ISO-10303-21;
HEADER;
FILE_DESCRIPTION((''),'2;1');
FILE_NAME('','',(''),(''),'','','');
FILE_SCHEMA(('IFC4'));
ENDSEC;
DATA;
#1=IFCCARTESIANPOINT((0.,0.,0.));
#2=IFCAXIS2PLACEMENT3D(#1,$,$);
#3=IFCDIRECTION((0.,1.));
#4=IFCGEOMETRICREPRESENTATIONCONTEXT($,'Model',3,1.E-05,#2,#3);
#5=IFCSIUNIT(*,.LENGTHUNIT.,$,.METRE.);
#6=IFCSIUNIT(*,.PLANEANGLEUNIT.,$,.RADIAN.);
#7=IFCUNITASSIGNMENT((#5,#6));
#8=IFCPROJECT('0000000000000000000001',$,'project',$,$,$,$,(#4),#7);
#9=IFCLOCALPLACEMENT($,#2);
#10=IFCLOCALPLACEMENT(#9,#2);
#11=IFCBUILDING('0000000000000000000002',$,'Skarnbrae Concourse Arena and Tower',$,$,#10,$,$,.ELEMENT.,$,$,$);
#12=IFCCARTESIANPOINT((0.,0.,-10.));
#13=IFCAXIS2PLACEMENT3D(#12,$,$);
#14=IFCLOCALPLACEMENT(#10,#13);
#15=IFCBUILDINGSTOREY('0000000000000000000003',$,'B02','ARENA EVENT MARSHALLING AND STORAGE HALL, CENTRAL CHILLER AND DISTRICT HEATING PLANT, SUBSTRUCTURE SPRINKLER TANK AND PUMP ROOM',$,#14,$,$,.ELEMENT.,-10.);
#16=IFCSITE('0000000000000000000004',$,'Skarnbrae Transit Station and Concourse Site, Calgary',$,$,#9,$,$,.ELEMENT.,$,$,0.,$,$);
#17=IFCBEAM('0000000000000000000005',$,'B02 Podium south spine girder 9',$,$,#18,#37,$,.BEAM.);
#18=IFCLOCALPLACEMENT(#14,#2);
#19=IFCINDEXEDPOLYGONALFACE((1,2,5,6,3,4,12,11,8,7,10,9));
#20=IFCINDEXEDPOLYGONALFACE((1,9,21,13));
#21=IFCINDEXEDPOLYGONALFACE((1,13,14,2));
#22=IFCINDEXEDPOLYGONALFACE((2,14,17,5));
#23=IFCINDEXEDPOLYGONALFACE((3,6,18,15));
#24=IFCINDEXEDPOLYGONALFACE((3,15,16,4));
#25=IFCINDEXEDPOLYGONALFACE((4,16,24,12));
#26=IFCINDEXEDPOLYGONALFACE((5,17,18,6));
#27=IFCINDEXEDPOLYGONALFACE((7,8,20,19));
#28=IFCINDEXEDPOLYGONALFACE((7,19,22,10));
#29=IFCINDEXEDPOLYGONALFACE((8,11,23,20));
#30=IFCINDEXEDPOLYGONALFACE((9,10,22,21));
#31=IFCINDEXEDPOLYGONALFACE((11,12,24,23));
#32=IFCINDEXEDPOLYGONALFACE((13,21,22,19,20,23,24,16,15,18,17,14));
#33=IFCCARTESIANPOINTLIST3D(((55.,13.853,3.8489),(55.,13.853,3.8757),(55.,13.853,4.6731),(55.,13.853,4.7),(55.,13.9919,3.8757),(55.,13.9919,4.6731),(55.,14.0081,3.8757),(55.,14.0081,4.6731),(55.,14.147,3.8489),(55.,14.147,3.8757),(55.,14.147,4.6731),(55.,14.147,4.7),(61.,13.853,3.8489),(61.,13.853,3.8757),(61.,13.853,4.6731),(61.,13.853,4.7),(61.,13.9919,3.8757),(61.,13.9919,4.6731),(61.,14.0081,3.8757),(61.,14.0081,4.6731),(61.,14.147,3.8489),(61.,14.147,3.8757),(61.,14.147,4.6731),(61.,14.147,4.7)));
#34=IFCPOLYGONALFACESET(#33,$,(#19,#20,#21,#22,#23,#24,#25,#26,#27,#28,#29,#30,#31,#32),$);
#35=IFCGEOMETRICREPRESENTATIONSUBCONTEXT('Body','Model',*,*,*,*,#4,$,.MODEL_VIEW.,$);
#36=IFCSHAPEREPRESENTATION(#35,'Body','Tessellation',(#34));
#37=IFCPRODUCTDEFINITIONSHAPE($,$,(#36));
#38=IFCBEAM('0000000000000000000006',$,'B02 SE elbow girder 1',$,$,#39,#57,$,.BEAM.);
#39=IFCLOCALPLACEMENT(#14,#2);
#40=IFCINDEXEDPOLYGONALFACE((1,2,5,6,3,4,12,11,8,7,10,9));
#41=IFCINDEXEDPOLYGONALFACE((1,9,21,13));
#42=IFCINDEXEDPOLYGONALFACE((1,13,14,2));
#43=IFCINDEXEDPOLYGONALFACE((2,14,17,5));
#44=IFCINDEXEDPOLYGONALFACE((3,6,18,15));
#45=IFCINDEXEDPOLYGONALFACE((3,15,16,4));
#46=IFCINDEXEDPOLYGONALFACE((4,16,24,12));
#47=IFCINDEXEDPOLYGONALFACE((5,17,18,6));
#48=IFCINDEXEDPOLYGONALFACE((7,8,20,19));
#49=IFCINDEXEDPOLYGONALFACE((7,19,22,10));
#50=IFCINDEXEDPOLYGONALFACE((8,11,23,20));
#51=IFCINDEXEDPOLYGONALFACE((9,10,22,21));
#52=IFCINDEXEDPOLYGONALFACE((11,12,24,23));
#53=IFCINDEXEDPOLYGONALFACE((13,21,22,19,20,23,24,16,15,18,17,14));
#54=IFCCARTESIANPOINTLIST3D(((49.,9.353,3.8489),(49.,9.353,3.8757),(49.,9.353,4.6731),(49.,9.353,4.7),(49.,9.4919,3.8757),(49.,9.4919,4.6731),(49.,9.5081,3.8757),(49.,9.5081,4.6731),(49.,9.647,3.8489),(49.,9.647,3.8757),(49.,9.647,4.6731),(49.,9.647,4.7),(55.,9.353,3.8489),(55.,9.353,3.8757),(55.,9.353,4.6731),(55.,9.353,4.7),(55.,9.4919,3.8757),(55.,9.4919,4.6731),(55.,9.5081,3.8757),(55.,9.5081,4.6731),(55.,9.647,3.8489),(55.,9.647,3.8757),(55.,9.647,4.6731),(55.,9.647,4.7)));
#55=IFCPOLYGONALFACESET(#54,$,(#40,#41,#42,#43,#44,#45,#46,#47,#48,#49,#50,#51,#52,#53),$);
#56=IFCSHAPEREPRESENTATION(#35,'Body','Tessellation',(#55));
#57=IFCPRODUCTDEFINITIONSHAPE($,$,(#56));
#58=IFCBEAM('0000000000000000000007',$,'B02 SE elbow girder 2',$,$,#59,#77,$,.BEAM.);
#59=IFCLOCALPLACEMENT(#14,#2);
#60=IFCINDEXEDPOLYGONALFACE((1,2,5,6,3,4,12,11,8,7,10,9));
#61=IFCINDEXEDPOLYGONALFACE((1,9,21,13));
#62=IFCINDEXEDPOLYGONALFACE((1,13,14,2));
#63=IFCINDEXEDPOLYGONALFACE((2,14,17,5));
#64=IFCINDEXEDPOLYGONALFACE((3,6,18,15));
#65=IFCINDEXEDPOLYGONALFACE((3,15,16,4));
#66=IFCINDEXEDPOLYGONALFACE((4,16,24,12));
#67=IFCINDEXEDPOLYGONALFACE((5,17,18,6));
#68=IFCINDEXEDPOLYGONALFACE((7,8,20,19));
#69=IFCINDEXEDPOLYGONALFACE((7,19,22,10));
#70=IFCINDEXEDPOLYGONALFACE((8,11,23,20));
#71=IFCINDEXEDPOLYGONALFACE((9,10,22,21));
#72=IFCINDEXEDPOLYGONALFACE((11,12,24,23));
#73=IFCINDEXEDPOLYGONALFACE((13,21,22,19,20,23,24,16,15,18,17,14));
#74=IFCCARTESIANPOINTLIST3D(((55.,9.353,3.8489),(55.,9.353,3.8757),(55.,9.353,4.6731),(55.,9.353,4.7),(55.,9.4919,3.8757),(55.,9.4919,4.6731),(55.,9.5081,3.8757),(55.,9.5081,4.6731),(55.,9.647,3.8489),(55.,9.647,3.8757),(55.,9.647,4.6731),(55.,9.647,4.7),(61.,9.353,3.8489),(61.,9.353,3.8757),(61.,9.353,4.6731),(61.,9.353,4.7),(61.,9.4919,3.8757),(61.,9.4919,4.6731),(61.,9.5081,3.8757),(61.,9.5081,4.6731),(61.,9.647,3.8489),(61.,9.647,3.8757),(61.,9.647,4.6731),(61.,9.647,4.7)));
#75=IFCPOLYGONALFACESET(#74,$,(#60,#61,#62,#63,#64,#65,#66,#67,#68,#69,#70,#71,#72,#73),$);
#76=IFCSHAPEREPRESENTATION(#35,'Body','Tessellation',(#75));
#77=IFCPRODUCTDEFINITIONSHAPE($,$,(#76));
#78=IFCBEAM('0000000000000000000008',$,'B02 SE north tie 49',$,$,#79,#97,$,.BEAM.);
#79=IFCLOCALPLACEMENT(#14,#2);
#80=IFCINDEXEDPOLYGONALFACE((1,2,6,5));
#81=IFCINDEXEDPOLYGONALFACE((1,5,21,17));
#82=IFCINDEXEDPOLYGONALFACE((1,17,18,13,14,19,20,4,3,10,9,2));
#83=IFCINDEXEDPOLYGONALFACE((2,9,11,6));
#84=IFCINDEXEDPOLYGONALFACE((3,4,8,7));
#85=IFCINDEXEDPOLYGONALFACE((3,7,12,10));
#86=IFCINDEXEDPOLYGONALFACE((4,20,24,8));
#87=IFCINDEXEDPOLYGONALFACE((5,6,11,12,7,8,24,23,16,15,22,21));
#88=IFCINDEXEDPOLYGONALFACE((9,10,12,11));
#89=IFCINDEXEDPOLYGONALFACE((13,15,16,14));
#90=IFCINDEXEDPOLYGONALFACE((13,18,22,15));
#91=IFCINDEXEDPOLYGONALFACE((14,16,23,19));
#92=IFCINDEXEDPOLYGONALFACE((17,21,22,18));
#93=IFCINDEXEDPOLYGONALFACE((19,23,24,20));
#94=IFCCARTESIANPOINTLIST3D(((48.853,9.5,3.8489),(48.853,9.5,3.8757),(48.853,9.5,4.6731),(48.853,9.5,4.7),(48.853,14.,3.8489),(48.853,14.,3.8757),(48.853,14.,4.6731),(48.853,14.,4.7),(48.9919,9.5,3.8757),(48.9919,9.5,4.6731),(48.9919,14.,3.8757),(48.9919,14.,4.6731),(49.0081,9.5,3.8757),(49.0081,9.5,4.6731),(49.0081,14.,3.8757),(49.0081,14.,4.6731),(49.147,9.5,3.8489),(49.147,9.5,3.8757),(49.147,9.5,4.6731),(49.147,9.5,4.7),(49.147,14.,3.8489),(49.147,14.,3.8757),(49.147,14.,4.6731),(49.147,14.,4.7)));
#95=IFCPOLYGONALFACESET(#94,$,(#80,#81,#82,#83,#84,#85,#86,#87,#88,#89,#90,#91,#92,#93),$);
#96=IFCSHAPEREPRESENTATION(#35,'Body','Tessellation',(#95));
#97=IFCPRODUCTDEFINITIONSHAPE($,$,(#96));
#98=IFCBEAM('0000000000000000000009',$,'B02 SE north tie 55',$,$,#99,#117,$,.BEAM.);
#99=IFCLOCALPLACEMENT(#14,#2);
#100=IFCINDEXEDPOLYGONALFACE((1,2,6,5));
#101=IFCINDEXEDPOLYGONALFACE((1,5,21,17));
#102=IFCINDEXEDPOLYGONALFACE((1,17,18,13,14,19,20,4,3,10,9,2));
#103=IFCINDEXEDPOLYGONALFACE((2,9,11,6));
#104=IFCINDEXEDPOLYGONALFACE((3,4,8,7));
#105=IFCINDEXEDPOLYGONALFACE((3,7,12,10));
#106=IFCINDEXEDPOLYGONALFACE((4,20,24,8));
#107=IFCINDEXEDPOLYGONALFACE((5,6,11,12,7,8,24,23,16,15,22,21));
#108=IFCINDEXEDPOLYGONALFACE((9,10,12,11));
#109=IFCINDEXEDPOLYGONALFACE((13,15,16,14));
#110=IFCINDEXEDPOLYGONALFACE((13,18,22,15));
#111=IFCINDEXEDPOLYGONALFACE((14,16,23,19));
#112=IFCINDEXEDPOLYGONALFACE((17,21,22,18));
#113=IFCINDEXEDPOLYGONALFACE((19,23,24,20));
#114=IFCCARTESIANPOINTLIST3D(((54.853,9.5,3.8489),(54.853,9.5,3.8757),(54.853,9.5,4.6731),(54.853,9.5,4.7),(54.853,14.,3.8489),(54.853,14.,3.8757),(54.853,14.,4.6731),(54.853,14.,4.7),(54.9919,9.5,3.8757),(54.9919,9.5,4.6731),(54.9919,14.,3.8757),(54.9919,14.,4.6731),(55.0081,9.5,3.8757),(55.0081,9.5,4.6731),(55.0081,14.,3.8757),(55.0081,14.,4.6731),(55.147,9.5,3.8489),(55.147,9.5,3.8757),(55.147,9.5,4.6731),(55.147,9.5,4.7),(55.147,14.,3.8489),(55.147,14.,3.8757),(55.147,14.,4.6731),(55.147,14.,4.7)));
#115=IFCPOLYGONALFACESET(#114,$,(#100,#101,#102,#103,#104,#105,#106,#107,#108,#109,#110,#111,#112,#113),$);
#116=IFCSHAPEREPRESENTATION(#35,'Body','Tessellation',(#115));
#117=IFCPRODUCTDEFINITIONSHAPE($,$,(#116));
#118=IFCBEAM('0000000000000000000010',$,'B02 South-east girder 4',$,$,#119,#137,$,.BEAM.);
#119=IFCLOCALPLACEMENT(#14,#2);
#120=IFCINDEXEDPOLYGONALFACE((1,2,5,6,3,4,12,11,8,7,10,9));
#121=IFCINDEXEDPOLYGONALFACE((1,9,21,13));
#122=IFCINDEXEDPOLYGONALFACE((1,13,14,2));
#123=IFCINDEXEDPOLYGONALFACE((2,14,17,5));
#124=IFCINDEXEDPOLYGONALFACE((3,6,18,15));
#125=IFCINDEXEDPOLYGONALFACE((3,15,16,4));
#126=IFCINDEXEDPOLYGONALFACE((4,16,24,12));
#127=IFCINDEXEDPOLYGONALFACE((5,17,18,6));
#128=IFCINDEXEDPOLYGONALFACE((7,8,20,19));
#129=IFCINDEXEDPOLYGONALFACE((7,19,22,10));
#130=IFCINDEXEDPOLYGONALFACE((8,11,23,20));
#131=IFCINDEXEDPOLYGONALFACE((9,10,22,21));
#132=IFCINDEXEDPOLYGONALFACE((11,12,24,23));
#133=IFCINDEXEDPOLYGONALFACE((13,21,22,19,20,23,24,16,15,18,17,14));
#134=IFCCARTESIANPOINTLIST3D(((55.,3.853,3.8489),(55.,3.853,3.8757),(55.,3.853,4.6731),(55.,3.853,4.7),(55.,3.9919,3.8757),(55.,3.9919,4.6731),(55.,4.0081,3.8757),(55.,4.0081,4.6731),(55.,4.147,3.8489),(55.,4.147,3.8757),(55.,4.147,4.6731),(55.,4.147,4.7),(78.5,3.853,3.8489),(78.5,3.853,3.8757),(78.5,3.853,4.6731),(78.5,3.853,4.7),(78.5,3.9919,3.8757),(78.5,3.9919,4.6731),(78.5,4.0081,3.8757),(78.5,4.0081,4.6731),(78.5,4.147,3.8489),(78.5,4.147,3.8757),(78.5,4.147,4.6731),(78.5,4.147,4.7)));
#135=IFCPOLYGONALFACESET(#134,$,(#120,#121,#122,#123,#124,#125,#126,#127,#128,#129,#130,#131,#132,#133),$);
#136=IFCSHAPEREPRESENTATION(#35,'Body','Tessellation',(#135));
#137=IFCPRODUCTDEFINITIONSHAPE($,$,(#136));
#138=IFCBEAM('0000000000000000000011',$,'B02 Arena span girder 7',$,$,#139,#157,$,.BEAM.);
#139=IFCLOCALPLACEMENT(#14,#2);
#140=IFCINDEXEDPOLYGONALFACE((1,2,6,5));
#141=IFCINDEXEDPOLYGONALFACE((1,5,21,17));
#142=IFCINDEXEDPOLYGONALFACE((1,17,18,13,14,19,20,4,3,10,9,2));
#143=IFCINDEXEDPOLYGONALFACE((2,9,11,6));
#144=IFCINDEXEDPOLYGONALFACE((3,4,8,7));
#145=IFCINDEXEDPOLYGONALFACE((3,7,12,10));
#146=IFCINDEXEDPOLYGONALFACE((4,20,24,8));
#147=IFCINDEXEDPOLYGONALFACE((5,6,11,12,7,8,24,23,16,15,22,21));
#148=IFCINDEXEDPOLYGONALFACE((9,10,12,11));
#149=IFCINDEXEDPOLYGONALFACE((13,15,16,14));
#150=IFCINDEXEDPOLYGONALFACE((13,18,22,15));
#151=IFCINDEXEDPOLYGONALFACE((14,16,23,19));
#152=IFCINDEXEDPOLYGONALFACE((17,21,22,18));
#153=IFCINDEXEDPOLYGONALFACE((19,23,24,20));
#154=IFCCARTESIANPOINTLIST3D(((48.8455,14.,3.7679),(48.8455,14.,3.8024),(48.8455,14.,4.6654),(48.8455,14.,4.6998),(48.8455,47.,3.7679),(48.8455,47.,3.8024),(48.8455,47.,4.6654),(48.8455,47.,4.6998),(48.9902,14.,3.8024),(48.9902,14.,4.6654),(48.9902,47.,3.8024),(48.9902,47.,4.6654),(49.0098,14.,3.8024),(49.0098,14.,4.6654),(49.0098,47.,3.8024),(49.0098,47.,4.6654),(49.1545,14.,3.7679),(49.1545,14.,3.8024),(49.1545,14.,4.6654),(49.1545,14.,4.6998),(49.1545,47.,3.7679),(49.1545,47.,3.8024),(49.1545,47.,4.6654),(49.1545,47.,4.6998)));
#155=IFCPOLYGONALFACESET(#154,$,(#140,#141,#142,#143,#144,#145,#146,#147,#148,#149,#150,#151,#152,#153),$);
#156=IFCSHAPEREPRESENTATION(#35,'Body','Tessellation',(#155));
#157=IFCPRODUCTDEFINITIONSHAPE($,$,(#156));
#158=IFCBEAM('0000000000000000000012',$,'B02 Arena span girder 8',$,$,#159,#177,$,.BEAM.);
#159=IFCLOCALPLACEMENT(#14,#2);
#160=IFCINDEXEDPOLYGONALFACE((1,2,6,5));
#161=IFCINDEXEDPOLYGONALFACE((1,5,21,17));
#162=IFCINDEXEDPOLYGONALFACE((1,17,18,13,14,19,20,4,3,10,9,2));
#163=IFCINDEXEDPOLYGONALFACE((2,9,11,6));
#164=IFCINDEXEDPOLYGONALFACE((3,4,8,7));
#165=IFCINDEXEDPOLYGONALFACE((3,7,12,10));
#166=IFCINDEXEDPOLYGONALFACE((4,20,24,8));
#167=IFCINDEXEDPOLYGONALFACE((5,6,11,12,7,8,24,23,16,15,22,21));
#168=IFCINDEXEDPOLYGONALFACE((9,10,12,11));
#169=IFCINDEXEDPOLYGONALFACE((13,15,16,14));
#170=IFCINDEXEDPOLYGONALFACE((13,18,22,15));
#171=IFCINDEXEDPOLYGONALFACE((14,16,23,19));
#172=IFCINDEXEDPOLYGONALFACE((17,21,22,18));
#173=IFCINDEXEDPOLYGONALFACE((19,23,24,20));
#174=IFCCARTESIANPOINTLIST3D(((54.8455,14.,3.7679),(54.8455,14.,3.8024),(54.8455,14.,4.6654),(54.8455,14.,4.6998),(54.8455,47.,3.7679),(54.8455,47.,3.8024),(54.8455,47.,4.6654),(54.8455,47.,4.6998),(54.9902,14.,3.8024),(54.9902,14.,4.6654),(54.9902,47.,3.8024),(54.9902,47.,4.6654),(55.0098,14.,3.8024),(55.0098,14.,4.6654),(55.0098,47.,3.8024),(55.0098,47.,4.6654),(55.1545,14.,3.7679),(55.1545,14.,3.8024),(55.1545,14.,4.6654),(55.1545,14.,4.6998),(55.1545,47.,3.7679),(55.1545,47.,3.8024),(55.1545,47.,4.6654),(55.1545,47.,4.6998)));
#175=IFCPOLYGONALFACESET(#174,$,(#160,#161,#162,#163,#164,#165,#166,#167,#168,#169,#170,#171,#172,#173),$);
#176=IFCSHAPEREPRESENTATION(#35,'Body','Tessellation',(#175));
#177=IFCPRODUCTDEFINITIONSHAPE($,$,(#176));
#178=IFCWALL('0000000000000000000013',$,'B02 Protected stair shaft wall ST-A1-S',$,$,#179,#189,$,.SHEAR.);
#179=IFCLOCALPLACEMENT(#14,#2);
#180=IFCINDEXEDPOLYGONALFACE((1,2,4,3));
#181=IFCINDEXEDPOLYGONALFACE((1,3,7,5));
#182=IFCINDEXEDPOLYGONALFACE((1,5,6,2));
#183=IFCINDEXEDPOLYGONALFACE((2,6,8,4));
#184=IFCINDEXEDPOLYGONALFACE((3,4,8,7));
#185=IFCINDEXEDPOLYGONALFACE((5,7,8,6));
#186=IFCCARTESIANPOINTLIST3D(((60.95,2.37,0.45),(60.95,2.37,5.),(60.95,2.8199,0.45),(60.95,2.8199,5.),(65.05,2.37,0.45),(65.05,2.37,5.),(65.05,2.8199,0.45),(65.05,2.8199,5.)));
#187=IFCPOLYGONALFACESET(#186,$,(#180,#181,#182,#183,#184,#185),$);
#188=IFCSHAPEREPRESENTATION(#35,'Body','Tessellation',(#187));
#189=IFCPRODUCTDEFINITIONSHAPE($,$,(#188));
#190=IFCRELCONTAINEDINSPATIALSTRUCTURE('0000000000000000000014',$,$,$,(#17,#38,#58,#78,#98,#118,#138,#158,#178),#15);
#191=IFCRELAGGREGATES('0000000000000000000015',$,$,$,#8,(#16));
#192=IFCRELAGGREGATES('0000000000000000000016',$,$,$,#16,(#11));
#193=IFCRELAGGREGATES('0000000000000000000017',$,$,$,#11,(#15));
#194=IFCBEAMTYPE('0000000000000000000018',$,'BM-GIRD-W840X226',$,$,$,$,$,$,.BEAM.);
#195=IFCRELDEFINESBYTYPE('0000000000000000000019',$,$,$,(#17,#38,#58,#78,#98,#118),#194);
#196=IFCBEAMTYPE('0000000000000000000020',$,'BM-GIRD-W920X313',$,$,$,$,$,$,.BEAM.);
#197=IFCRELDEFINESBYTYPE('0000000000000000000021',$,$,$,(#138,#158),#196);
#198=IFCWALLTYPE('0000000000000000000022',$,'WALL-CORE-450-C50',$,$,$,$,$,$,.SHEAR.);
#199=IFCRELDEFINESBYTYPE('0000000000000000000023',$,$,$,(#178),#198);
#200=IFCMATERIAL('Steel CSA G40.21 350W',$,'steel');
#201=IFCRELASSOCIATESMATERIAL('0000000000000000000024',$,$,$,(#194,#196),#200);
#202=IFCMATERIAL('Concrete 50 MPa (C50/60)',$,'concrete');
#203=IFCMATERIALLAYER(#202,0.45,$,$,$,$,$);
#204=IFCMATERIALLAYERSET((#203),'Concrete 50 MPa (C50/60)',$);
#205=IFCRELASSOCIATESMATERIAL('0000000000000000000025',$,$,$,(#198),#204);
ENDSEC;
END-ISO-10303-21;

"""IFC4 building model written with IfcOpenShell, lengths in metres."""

from ifc_helpers import new_model, si_unit, direction, frame, frame_2d, origin, origin_2d, place, context, subcontext, project, spatial, rectangle, i_section, extrude, source, transform, mapped, material, layer, layer_set, material_profile, profile_set, type_object, element, save


model = new_model("IFC4")

# Units and contexts
model_context = context("Model", 3, precision=1e-05, world=origin(), true_north=direction((0.0, 1.0)))
body_context = subcontext(model_context, "Body", "Model", "MODEL_VIEW")
ifc_project = project(units=[si_unit("LENGTHUNIT", "METRE"), si_unit("PLANEANGLEUNIT", "RADIAN")], contexts=[model_context])

# Site, building, storey
site_placement = place(None, origin())
site = spatial("IfcSite", under=ifc_project, at=site_placement, Name="Skarnbrae Transit Station and Concourse Site, Calgary", CompositionType="ELEMENT", RefElevation=0.0)
building_placement = place(site_placement, origin())
building = spatial("IfcBuilding", under=site, at=building_placement, Name="Skarnbrae Concourse Arena and Tower", CompositionType="ELEMENT")
storey_placement = place(building_placement, frame((0.0, 0.0, -10.0)))
storey = spatial("IfcBuildingStorey", under=building, at=storey_placement, Name="B02", Description="ARENA EVENT MARSHALLING AND STORAGE HALL, CENTRAL CHILLER AND DISTRICT HEATING PLANT, SUBSTRUCTURE SPRINKLER TANK AND PUMP ROOM", CompositionType="ELEMENT", Elevation=-10.0)

# Shared definitions
ifc_material_1 = material(Name="Concrete 50 MPa (C50/60)", Category="concrete")

# Shared definitions
ifc_material_2 = material(Name="Steel CSA G40.21 350W", Category="steel")

# Beams
ifc_material_profile_1 = material_profile(ifc_material_2, i_section(OverallWidth=0.2939, OverallDepth=0.8511, WebThickness=0.0161, FlangeThickness=0.0269, at=origin_2d()), Name="W840X226")
ifc_profile_set_1 = profile_set([ifc_material_profile_1], Name="Steel CSA G40.21 350W")
beam_type_1 = type_object("IfcBeamType", Name="BM-GIRD-W840X226", PredefinedType="BEAM", material=ifc_profile_set_1)
shared_shape_1 = source(origin(), body_context, "Body", "SweptSolid", [
    extrude(i_section(OverallWidth=0.2939, OverallDepth=0.8511, WebThickness=0.0161, FlangeThickness=0.0269, at=origin_2d()), origin(), (0.0, 0.0, 1.0), 6.0),
])
for number, where, z_axis, x_axis, name in (
    (1, (55.0, 14.0, 4.2744), (1.0, 0.0, 0.0), (0.0, 1.0, 0.0), "B02 Podium south spine girder 9"),
    (2, (49.0, 9.5, 4.2744), (1.0, 0.0, 0.0), (0.0, 1.0, 0.0), "B02 SE elbow girder 1"),
    (3, (55.0, 9.5, 4.2744), (1.0, 0.0, 0.0), (0.0, 1.0, 0.0), "B02 SE elbow girder 2"),
):
    element("IfcBeam", number, at=place(storey_placement, frame(where, z_axis=z_axis, x_axis=x_axis)), inside=storey, type_object=beam_type_1, Name=name, PredefinedType="BEAM", context=body_context, shape_type="MappedRepresentation", body=[
        mapped(shared_shape_1, transform((0.0, 0.0, 0.0))),
    ])
shared_shape_2 = source(origin(), body_context, "Body", "SweptSolid", [
    extrude(i_section(OverallWidth=0.2939, OverallDepth=0.8511, WebThickness=0.0161, FlangeThickness=0.0269, at=origin_2d()), origin(), (0.0, 0.0, 1.0), 4.5),
])
for number, where, z_axis, x_axis, name in (
    (4, (49.0, 9.5, 4.2744), (0.0, 1.0, 0.0), (-1.0, 0.0, 0.0), "B02 SE north tie 49"),
    (5, (55.0, 9.5, 4.2744), (0.0, 1.0, 0.0), (-1.0, 0.0, 0.0), "B02 SE north tie 55"),
):
    element("IfcBeam", number, at=place(storey_placement, frame(where, z_axis=z_axis, x_axis=x_axis)), inside=storey, type_object=beam_type_1, Name=name, PredefinedType="BEAM", context=body_context, shape_type="MappedRepresentation", body=[
        mapped(shared_shape_2, transform((0.0, 0.0, 0.0))),
    ])
shared_shape_3 = source(origin(), body_context, "Body", "SweptSolid", [
    extrude(i_section(OverallWidth=0.2939, OverallDepth=0.8511, WebThickness=0.0161, FlangeThickness=0.0269, at=origin_2d()), origin(), (0.0, 0.0, 1.0), 23.5),
])
beam_1_placement = place(storey_placement, frame((55.0, 4.0, 4.2744), z_axis=(1.0, 0.0, 0.0), x_axis=(0.0, 1.0, 0.0)))
element("IfcBeam", 6, at=beam_1_placement, inside=storey, type_object=beam_type_1, Name="B02 South-east girder 4", PredefinedType="BEAM", context=body_context, shape_type="MappedRepresentation", body=[
    mapped(shared_shape_3, transform((0.0, 0.0, 0.0))),
])
ifc_material_profile_2 = material_profile(ifc_material_2, i_section(OverallWidth=0.3091, OverallDepth=0.9319, WebThickness=0.0195, FlangeThickness=0.0344, at=origin_2d()), Name="W920X313")
ifc_profile_set_2 = profile_set([ifc_material_profile_2], Name="Steel CSA G40.21 350W")
beam_type_2 = type_object("IfcBeamType", Name="BM-GIRD-W920X313", PredefinedType="BEAM", material=ifc_profile_set_2)
shared_shape_4 = source(origin(), body_context, "Body", "SweptSolid", [
    extrude(i_section(OverallWidth=0.3091, OverallDepth=0.9319, WebThickness=0.0195, FlangeThickness=0.0344, at=origin_2d()), origin(), (0.0, 0.0, 1.0), 33.0),
])
for number, where, z_axis, x_axis, name in (
    (7, (49.0, 14.0, 4.2339), (0.0, 1.0, 0.0), (-1.0, 0.0, 0.0), "B02 Arena span girder 7"),
    (8, (55.0, 14.0, 4.2339), (0.0, 1.0, 0.0), (-1.0, 0.0, 0.0), "B02 Arena span girder 8"),
):
    element("IfcBeam", number, at=place(storey_placement, frame(where, z_axis=z_axis, x_axis=x_axis)), inside=storey, type_object=beam_type_2, Name=name, PredefinedType="BEAM", context=body_context, shape_type="MappedRepresentation", body=[
        mapped(shared_shape_4, transform((0.0, 0.0, 0.0))),
    ])

# Wall
ifc_layer_1 = layer(ifc_material_1, 0.45)
ifc_layer_set_1 = layer_set([ifc_layer_1], Name="Concrete 50 MPa (C50/60)")
wall_type_1 = type_object("IfcWallType", Name="WALL-CORE-450-C50", PredefinedType="SHEAR", material=ifc_layer_set_1)
shared_shape_5 = source(origin(), body_context, "Body", "SweptSolid", [
    extrude(rectangle(XDim=4.1001, YDim=0.45, at=frame_2d((2.05, 0.0))), origin(), (0.0, 0.0, 1.0), 4.55),
])
wall_1_placement = place(storey_placement, frame((60.95, 2.595, 0.45), z_axis=(0.0, 0.0, 1.0), x_axis=(1.0, 0.0, 0.0)))
element("IfcWall", 9, at=wall_1_placement, inside=storey, type_object=wall_type_1, Name="B02 Protected stair shaft wall ST-A1-S", PredefinedType="SHEAR", context=body_context, shape_type="MappedRepresentation", body=[
    mapped(shared_shape_5, transform((0.0, 0.0, 0.0))),
])

save(model, "model.ifc")
